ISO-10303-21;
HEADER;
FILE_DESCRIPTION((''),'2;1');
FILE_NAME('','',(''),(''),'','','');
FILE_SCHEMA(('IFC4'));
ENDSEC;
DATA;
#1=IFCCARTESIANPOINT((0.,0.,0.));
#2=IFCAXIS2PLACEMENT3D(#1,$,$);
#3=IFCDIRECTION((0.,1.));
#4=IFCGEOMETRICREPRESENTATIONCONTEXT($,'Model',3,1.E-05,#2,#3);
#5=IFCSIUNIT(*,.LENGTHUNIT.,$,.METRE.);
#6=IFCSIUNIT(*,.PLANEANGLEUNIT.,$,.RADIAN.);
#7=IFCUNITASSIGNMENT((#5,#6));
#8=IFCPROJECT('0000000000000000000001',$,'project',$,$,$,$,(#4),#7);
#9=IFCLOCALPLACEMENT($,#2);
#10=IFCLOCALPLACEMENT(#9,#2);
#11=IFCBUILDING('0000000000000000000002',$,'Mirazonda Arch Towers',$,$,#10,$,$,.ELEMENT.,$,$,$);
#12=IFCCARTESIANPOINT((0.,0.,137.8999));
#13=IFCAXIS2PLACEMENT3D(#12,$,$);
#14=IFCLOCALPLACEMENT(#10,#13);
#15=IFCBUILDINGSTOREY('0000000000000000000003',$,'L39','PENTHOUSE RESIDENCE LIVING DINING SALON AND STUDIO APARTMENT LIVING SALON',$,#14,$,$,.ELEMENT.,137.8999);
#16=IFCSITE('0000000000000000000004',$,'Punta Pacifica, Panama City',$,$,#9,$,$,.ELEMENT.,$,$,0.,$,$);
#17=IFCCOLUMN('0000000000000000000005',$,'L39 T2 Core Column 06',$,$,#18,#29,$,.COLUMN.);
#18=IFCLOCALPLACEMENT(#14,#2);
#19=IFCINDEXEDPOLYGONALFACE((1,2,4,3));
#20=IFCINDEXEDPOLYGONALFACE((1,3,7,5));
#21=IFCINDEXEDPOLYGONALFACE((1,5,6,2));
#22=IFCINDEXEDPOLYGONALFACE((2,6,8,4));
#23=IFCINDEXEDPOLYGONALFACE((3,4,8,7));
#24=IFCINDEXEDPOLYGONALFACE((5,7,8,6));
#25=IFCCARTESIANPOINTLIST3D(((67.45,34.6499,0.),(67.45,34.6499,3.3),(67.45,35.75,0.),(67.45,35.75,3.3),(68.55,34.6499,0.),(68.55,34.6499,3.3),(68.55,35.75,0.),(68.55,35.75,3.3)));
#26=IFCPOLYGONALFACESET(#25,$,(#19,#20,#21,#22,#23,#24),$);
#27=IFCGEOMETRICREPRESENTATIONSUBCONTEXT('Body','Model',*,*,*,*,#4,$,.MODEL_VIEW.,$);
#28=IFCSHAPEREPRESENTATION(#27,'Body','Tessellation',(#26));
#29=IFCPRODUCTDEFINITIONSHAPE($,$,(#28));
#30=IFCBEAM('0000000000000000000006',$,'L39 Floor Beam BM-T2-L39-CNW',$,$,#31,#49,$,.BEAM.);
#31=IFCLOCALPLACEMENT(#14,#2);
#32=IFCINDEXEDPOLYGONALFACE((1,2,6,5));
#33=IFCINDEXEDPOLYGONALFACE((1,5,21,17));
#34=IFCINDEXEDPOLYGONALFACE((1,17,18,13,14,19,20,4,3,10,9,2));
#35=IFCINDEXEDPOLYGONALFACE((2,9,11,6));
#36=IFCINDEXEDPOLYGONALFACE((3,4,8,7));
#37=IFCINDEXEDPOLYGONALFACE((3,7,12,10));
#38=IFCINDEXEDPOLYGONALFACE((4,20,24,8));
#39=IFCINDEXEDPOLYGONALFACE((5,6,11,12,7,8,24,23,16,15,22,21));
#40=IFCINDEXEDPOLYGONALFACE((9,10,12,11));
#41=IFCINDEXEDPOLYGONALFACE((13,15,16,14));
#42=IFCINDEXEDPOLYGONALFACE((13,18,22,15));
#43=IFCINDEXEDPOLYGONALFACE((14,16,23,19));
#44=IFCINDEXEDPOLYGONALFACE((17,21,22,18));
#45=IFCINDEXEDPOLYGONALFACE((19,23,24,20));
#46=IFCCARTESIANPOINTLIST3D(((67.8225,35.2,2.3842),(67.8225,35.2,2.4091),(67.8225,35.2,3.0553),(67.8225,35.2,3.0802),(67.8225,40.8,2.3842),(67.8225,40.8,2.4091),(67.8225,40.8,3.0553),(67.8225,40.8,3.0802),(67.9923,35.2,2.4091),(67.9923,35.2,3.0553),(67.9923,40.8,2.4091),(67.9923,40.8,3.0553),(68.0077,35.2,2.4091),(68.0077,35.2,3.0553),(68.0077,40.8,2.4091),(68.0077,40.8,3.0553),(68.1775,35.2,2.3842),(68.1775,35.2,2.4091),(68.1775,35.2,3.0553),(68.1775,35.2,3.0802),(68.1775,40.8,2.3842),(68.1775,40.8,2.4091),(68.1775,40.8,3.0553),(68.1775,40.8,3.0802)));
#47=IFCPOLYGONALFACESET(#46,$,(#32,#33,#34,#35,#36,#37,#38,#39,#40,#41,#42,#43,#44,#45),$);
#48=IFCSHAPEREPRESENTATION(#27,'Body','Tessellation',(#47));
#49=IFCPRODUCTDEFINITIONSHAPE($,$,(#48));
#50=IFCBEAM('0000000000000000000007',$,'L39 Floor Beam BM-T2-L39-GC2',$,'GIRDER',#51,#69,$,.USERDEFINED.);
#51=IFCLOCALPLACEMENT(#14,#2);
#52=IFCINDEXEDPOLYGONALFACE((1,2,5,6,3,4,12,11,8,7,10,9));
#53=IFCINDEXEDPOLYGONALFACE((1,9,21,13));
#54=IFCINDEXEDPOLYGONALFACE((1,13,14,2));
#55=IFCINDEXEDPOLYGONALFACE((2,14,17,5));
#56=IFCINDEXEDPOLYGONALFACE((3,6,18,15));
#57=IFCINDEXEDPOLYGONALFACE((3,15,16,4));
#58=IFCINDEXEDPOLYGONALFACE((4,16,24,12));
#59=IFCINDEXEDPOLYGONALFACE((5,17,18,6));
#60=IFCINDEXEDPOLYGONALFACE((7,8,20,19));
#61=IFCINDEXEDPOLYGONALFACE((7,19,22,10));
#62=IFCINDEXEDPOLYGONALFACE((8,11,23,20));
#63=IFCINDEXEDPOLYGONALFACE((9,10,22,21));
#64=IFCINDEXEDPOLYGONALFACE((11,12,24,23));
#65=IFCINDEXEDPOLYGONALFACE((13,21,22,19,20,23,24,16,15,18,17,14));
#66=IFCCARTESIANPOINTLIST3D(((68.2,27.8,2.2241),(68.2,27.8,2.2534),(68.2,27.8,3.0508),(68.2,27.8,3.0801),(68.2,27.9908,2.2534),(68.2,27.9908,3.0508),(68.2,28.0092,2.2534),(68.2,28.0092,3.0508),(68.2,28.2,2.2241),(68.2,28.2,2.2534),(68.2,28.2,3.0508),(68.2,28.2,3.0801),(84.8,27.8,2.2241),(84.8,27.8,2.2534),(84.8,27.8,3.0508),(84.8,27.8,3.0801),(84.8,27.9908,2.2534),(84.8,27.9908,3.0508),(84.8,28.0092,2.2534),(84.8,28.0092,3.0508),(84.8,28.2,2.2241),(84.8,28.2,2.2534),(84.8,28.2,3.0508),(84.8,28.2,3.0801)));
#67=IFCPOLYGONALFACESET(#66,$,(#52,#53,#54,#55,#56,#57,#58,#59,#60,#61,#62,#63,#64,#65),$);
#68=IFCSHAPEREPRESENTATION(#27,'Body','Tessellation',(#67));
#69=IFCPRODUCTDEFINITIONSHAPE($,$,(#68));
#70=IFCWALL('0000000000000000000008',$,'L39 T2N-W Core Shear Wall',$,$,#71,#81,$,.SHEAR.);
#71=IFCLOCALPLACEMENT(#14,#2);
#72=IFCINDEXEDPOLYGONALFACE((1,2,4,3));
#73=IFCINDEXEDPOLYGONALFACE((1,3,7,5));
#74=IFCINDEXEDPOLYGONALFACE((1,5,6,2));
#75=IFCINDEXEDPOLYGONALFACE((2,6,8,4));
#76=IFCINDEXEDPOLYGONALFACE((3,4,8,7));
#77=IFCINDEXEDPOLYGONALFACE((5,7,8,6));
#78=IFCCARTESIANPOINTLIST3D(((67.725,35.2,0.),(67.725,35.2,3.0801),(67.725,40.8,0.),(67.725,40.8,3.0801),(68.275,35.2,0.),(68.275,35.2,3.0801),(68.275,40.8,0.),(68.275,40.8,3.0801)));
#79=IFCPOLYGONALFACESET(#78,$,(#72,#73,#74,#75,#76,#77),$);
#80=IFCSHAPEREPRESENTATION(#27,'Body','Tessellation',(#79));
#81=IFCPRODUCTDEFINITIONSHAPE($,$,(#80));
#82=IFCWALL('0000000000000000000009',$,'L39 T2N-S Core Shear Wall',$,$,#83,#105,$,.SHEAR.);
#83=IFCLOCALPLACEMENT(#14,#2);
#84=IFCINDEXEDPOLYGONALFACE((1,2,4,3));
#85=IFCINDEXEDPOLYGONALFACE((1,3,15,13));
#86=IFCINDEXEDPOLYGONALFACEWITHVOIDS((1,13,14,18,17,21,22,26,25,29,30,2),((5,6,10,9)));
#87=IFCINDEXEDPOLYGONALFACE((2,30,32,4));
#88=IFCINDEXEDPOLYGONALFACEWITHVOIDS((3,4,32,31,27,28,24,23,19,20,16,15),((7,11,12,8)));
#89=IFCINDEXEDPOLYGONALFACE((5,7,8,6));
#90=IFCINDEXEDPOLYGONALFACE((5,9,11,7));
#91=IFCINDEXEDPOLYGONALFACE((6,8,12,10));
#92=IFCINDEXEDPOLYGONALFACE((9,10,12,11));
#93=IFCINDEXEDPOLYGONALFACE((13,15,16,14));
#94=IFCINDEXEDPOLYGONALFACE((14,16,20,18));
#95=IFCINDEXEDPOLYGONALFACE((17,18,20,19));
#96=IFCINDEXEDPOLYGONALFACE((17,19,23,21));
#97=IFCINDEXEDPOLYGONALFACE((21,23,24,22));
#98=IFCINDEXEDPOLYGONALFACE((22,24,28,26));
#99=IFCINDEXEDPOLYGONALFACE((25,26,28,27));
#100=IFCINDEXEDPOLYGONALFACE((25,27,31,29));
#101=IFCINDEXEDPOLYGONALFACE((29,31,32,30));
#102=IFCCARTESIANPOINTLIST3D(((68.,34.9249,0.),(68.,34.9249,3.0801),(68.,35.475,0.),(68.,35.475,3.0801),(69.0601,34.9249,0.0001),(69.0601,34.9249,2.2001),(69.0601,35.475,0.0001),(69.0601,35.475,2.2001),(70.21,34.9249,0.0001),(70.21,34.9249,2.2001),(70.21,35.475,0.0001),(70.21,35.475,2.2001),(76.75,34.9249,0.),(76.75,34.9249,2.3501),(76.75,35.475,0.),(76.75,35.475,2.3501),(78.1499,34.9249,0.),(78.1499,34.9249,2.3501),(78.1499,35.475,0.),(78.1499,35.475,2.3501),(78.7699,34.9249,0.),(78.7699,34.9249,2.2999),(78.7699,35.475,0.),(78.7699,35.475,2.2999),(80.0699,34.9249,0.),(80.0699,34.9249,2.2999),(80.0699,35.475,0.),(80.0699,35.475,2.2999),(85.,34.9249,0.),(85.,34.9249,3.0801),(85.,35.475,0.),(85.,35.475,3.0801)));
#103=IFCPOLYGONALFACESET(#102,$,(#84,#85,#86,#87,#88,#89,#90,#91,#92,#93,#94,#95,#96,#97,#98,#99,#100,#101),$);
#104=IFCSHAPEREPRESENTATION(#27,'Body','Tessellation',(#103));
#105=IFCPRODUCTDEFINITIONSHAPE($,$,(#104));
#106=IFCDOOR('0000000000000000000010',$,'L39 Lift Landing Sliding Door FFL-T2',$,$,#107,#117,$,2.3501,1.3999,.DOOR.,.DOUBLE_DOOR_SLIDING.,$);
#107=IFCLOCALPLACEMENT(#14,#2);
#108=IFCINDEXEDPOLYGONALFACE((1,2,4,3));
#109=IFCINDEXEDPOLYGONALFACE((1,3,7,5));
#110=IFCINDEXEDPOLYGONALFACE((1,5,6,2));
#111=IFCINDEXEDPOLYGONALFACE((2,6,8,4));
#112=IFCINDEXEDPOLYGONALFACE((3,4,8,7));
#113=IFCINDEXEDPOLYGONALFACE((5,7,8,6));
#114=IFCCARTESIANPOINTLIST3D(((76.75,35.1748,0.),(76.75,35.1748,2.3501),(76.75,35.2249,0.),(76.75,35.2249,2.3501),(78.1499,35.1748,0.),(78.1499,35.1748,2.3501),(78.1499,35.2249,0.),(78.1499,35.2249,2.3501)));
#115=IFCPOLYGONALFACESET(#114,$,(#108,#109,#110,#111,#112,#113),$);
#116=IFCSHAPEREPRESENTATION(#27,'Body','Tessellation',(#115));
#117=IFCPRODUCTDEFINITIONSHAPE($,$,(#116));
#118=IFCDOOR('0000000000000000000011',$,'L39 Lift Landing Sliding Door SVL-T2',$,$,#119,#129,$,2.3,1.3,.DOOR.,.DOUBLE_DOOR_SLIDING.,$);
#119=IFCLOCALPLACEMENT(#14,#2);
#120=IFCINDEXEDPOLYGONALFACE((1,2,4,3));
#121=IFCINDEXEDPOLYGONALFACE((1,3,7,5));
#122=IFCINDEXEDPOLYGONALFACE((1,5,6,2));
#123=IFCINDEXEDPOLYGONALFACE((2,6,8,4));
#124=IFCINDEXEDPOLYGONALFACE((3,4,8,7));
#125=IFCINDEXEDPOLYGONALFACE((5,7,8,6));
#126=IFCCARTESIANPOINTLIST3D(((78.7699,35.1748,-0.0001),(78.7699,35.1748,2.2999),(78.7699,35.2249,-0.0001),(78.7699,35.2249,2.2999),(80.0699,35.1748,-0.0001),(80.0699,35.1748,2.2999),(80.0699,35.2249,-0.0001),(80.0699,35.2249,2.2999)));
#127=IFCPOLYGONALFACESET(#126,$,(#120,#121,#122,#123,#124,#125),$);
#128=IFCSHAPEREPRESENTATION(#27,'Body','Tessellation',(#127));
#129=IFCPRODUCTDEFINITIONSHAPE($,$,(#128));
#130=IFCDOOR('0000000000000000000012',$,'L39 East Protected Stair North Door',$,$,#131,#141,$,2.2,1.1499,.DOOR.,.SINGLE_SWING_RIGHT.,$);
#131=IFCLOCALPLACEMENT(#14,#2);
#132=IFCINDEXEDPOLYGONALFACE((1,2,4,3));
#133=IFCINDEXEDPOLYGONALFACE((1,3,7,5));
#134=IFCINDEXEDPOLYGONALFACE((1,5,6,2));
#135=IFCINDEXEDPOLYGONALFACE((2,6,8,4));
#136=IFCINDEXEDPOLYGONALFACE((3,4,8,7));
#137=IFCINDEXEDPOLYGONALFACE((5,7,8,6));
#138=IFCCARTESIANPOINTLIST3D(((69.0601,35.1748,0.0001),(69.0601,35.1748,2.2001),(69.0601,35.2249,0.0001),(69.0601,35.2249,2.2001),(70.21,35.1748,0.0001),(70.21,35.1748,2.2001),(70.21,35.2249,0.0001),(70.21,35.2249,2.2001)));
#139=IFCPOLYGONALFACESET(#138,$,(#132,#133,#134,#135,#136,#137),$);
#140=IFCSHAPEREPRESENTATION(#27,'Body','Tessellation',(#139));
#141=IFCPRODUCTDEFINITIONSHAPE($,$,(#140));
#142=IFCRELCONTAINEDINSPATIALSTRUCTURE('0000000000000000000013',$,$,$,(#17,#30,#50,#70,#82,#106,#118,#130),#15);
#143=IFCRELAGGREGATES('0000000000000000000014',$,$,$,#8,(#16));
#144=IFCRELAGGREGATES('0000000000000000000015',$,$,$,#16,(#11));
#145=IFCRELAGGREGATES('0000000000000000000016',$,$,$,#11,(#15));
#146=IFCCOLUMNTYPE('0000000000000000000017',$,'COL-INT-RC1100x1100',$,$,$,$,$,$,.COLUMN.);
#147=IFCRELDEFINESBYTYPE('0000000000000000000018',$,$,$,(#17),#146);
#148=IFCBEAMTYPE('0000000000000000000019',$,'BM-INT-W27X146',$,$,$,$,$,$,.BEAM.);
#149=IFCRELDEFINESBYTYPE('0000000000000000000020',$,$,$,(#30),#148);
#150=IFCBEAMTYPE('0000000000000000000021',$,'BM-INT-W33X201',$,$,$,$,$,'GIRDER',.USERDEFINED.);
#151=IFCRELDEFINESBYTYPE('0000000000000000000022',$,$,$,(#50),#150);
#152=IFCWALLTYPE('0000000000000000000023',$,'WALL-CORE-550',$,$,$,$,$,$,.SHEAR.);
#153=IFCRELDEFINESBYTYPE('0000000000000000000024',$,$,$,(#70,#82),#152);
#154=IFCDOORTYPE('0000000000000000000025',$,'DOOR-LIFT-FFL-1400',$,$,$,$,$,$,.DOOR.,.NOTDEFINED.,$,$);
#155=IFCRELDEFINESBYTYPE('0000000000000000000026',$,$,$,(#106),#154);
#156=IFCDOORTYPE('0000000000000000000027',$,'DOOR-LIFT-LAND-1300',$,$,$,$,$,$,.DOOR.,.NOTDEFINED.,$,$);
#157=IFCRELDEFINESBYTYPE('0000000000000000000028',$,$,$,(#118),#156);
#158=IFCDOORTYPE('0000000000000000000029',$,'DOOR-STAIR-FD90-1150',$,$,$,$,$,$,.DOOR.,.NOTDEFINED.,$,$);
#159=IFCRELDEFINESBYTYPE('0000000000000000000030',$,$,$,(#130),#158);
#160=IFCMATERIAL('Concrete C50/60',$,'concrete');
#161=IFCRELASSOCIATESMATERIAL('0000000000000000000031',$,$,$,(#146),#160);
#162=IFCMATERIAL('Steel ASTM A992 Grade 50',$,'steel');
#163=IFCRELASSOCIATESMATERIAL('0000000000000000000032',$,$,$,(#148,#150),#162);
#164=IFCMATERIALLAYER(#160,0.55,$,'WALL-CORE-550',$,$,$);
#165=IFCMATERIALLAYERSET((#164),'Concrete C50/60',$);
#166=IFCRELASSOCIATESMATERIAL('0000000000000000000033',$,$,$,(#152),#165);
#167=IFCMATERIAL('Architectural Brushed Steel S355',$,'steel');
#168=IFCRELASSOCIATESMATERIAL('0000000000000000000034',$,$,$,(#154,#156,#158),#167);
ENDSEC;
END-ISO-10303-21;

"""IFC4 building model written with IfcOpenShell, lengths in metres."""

from ifc_helpers import new_model, si_unit, direction, frame, frame_2d, origin, origin_2d, place, context, subcontext, project, spatial, rectangle, i_section, extrude, material, layer, layer_set, material_profile, profile_set, type_object, element, fill, save


model = new_model("IFC4")

# Units and contexts
model_context = context("Model", 3, precision=1e-05, world=origin(), true_north=direction((0.0, 1.0)))
body_context = subcontext(model_context, "Body", "Model", "MODEL_VIEW")
ifc_project = project(units=[si_unit("LENGTHUNIT", "METRE"), si_unit("PLANEANGLEUNIT", "RADIAN")], contexts=[model_context])

# Site, building, storey
site_placement = place(None, origin())
site = spatial("IfcSite", under=ifc_project, at=site_placement, Name="Punta Pacifica, Panama City", CompositionType="ELEMENT", RefElevation=0.0)
building_placement = place(site_placement, origin())
building = spatial("IfcBuilding", under=site, at=building_placement, Name="Mirazonda Arch Towers", CompositionType="ELEMENT")
storey_placement = place(building_placement, frame((0.0, 0.0, 137.8999)))
storey = spatial("IfcBuildingStorey", under=building, at=storey_placement, Name="L39", Description="PENTHOUSE RESIDENCE LIVING DINING SALON AND STUDIO APARTMENT LIVING SALON", CompositionType="ELEMENT", Elevation=137.8999)

# Column
ifc_material_1 = material(Name="Concrete C50/60", Category="concrete")
ifc_material_profile_1 = material_profile(ifc_material_1, rectangle(XDim=1.1001, YDim=1.1001, at=origin_2d()), Name="RC1100x1100")
ifc_profile_set_1 = profile_set([ifc_material_profile_1], Name="Concrete C50/60")
column_type = type_object("IfcColumnType", Name="COL-INT-RC1100x1100", PredefinedType="COLUMN", material=ifc_profile_set_1)
column_placement = place(storey_placement, frame((68.0, 35.2, 0.0), z_axis=(0.0, 0.0, 1.0), x_axis=(1.0, 0.0, 0.0)))
element("IfcColumn", 1, at=column_placement, inside=storey, type_object=column_type, Name="L39 T2 Core Column 06", PredefinedType="COLUMN", context=body_context, shape_type="SweptSolid", body=[
    extrude(rectangle(XDim=1.1001, YDim=1.1001, at=origin_2d()), origin(), (0.0, 0.0, 1.0), 3.3),
])

# Beams
ifc_material_2 = material(Name="Steel ASTM A992 Grade 50", Category="steel")
ifc_material_profile_2 = material_profile(ifc_material_2, i_section(OverallWidth=0.355, OverallDepth=0.696, WebThickness=0.0154, FlangeThickness=0.0249, at=origin_2d()), Name="W27X146")
ifc_profile_set_2 = profile_set([ifc_material_profile_2], Name="Steel ASTM A992 Grade 50")
beam_type_1 = type_object("IfcBeamType", Name="BM-INT-W27X146", PredefinedType="BEAM", material=ifc_profile_set_2)
beam_1_placement = place(storey_placement, frame((68.0, 35.2, 2.7322), z_axis=(0.0, 1.0, 0.0), x_axis=(-1.0, 0.0, 0.0)))
element("IfcBeam", 2, at=beam_1_placement, inside=storey, type_object=beam_type_1, Name="L39 Floor Beam BM-T2-L39-CNW", PredefinedType="BEAM", context=body_context, shape_type="SweptSolid", body=[
    extrude(i_section(OverallWidth=0.355, OverallDepth=0.696, WebThickness=0.0154, FlangeThickness=0.0249, at=origin_2d()), origin(), (0.0, 0.0, 1.0), 5.6001),
])
ifc_material_profile_3 = material_profile(ifc_material_2, i_section(OverallWidth=0.3999, OverallDepth=0.856, WebThickness=0.0183, FlangeThickness=0.0293, at=origin_2d()), Name="W33X201")
ifc_profile_set_3 = profile_set([ifc_material_profile_3], Name="Steel ASTM A992 Grade 50")
beam_type_2 = type_object("IfcBeamType", Name="BM-INT-W33X201", ElementType="GIRDER", PredefinedType="USERDEFINED", material=ifc_profile_set_3)
beam_2_placement = place(storey_placement, frame((68.2, 28.0, 2.6521), z_axis=(1.0, 0.0, 0.0), x_axis=(0.0, 1.0, 0.0)))
element("IfcBeam", 3, at=beam_2_placement, inside=storey, type_object=beam_type_2, Name="L39 Floor Beam BM-T2-L39-GC2", ObjectType="GIRDER", PredefinedType="USERDEFINED", context=body_context, shape_type="SweptSolid", body=[
    extrude(i_section(OverallWidth=0.3999, OverallDepth=0.856, WebThickness=0.0183, FlangeThickness=0.0293, at=origin_2d()), origin(), (0.0, 0.0, 1.0), 16.6001),
])

# Wall
ifc_layer_1 = layer(ifc_material_1, 0.55, Name="WALL-CORE-550")
ifc_layer_set_1 = layer_set([ifc_layer_1], Name="Concrete C50/60")
wall_type_1 = type_object("IfcWallType", Name="WALL-CORE-550", PredefinedType="SHEAR", material=ifc_layer_set_1)
wall_1_placement = place(storey_placement, frame((68.0, 35.2, 0.0), z_axis=(0.0, 0.0, 1.0), x_axis=(0.0, 1.0, 0.0)))
element("IfcWall", 4, at=wall_1_placement, inside=storey, type_object=wall_type_1, Name="L39 T2N-W Core Shear Wall", PredefinedType="SHEAR", context=body_context, shape_type="SweptSolid", body=[
    extrude(rectangle(XDim=5.6001, YDim=0.55, at=frame_2d((2.8, 0.0))), origin(), (0.0, 0.0, 1.0), 3.0801),
])

# Wall, openings, doors
wall_2_placement = place(storey_placement, frame((68.0, 35.2, 0.0), z_axis=(0.0, 0.0, 1.0), x_axis=(1.0, 0.0, 0.0)))
wall_2 = element("IfcWall", 5, at=wall_2_placement, inside=storey, type_object=wall_type_1, Name="L39 T2N-S Core Shear Wall", PredefinedType="SHEAR", context=body_context, shape_type="SweptSolid", body=[
    extrude(rectangle(XDim=17.0, YDim=0.55, at=frame_2d((8.5, 0.0))), origin(), (0.0, 0.0, 1.0), 3.0801),
])
opening_1_placement = place(wall_2_placement, frame((1.0601, 0.0, 0.0)))
opening_1 = element("IfcOpeningElement", 6, at=opening_1_placement, cuts=wall_2, PredefinedType="OPENING", context=body_context, shape_type="SweptSolid", body=[
    extrude(rectangle(XDim=1.1499, YDim=2.2, at=frame_2d((0.575, 1.1001))), frame((0.0, 0.2849, 0.0), z_axis=(0.0, -1.0, 0.0), x_axis=(1.0, 0.0, 0.0)), (0.0, 0.0, 1.0), 0.5701),
])
opening_2_placement = place(wall_2_placement, frame((8.75, 0.0, 0.0)))
opening_2 = element("IfcOpeningElement", 7, at=opening_2_placement, cuts=wall_2, PredefinedType="OPENING", context=body_context, shape_type="SweptSolid", body=[
    extrude(rectangle(XDim=1.3999, YDim=2.3501, at=frame_2d((0.7, 1.175))), frame((0.0, 0.2849, 0.0), z_axis=(0.0, -1.0, 0.0), x_axis=(1.0, 0.0, 0.0)), (0.0, 0.0, 1.0), 0.5701),
])
opening_3_placement = place(wall_2_placement, frame((10.77, 0.0, 0.0)))
opening_3 = element("IfcOpeningElement", 8, at=opening_3_placement, cuts=wall_2, PredefinedType="OPENING", context=body_context, shape_type="SweptSolid", body=[
    extrude(rectangle(XDim=1.3, YDim=2.3, at=frame_2d((0.6499, 1.1499))), frame((0.0, 0.2849, 0.0), z_axis=(0.0, -1.0, 0.0), x_axis=(1.0, 0.0, 0.0)), (0.0, 0.0, 1.0), 0.5701),
])
ifc_material_3 = material(Name="Architectural Brushed Steel S355", Category="steel")
door_type_1 = type_object("IfcDoorType", Name="DOOR-LIFT-FFL-1400", OperationType="NOTDEFINED", PredefinedType="DOOR", material=ifc_material_3)
door_1_placement = place(opening_2_placement, origin())
door_1 = element("IfcDoor", 9, at=door_1_placement, inside=storey, type_object=door_type_1, Name="L39 Lift Landing Sliding Door FFL-T2", OperationType="DOUBLE_DOOR_SLIDING", OverallHeight=2.3501, OverallWidth=1.3999, PredefinedType="DOOR", context=body_context, shape_type="SweptSolid", body=[
    extrude(rectangle(XDim=1.3999, YDim=2.3501, at=frame_2d((0.7, 1.175))), frame((0.0, 0.0249, 0.0), z_axis=(0.0, -1.0, 0.0), x_axis=(1.0, 0.0, 0.0)), (0.0, 0.0, 1.0), 0.05),
])
fill(opening_2, door_1)
door_type_2 = type_object("IfcDoorType", Name="DOOR-LIFT-LAND-1300", OperationType="NOTDEFINED", PredefinedType="DOOR", material=ifc_material_3)
door_2_placement = place(opening_3_placement, origin())
door_2 = element("IfcDoor", 10, at=door_2_placement, inside=storey, type_object=door_type_2, Name="L39 Lift Landing Sliding Door SVL-T2", OperationType="DOUBLE_DOOR_SLIDING", OverallHeight=2.3, OverallWidth=1.3, PredefinedType="DOOR", context=body_context, shape_type="SweptSolid", body=[
    extrude(rectangle(XDim=1.3, YDim=2.3, at=frame_2d((0.6499, 1.1499))), frame((0.0, 0.0249, 0.0), z_axis=(0.0, -1.0, 0.0), x_axis=(1.0, 0.0, 0.0)), (0.0, 0.0, 1.0), 0.05),
])
fill(opening_3, door_2)
door_type_3 = type_object("IfcDoorType", Name="DOOR-STAIR-FD90-1150", OperationType="NOTDEFINED", PredefinedType="DOOR", material=ifc_material_3)
door_3_placement = place(opening_1_placement, origin())
door_3 = element("IfcDoor", 11, at=door_3_placement, inside=storey, type_object=door_type_3, Name="L39 East Protected Stair North Door", OperationType="SINGLE_SWING_RIGHT", OverallHeight=2.2, OverallWidth=1.1499, PredefinedType="DOOR", context=body_context, shape_type="SweptSolid", body=[
    extrude(rectangle(XDim=1.1499, YDim=2.2, at=frame_2d((0.575, 1.1001))), frame((0.0, 0.0249, 0.0), z_axis=(0.0, -1.0, 0.0), x_axis=(1.0, 0.0, 0.0)), (0.0, 0.0, 1.0), 0.05),
])
fill(opening_1, door_3)

save(model, "model.ifc")
